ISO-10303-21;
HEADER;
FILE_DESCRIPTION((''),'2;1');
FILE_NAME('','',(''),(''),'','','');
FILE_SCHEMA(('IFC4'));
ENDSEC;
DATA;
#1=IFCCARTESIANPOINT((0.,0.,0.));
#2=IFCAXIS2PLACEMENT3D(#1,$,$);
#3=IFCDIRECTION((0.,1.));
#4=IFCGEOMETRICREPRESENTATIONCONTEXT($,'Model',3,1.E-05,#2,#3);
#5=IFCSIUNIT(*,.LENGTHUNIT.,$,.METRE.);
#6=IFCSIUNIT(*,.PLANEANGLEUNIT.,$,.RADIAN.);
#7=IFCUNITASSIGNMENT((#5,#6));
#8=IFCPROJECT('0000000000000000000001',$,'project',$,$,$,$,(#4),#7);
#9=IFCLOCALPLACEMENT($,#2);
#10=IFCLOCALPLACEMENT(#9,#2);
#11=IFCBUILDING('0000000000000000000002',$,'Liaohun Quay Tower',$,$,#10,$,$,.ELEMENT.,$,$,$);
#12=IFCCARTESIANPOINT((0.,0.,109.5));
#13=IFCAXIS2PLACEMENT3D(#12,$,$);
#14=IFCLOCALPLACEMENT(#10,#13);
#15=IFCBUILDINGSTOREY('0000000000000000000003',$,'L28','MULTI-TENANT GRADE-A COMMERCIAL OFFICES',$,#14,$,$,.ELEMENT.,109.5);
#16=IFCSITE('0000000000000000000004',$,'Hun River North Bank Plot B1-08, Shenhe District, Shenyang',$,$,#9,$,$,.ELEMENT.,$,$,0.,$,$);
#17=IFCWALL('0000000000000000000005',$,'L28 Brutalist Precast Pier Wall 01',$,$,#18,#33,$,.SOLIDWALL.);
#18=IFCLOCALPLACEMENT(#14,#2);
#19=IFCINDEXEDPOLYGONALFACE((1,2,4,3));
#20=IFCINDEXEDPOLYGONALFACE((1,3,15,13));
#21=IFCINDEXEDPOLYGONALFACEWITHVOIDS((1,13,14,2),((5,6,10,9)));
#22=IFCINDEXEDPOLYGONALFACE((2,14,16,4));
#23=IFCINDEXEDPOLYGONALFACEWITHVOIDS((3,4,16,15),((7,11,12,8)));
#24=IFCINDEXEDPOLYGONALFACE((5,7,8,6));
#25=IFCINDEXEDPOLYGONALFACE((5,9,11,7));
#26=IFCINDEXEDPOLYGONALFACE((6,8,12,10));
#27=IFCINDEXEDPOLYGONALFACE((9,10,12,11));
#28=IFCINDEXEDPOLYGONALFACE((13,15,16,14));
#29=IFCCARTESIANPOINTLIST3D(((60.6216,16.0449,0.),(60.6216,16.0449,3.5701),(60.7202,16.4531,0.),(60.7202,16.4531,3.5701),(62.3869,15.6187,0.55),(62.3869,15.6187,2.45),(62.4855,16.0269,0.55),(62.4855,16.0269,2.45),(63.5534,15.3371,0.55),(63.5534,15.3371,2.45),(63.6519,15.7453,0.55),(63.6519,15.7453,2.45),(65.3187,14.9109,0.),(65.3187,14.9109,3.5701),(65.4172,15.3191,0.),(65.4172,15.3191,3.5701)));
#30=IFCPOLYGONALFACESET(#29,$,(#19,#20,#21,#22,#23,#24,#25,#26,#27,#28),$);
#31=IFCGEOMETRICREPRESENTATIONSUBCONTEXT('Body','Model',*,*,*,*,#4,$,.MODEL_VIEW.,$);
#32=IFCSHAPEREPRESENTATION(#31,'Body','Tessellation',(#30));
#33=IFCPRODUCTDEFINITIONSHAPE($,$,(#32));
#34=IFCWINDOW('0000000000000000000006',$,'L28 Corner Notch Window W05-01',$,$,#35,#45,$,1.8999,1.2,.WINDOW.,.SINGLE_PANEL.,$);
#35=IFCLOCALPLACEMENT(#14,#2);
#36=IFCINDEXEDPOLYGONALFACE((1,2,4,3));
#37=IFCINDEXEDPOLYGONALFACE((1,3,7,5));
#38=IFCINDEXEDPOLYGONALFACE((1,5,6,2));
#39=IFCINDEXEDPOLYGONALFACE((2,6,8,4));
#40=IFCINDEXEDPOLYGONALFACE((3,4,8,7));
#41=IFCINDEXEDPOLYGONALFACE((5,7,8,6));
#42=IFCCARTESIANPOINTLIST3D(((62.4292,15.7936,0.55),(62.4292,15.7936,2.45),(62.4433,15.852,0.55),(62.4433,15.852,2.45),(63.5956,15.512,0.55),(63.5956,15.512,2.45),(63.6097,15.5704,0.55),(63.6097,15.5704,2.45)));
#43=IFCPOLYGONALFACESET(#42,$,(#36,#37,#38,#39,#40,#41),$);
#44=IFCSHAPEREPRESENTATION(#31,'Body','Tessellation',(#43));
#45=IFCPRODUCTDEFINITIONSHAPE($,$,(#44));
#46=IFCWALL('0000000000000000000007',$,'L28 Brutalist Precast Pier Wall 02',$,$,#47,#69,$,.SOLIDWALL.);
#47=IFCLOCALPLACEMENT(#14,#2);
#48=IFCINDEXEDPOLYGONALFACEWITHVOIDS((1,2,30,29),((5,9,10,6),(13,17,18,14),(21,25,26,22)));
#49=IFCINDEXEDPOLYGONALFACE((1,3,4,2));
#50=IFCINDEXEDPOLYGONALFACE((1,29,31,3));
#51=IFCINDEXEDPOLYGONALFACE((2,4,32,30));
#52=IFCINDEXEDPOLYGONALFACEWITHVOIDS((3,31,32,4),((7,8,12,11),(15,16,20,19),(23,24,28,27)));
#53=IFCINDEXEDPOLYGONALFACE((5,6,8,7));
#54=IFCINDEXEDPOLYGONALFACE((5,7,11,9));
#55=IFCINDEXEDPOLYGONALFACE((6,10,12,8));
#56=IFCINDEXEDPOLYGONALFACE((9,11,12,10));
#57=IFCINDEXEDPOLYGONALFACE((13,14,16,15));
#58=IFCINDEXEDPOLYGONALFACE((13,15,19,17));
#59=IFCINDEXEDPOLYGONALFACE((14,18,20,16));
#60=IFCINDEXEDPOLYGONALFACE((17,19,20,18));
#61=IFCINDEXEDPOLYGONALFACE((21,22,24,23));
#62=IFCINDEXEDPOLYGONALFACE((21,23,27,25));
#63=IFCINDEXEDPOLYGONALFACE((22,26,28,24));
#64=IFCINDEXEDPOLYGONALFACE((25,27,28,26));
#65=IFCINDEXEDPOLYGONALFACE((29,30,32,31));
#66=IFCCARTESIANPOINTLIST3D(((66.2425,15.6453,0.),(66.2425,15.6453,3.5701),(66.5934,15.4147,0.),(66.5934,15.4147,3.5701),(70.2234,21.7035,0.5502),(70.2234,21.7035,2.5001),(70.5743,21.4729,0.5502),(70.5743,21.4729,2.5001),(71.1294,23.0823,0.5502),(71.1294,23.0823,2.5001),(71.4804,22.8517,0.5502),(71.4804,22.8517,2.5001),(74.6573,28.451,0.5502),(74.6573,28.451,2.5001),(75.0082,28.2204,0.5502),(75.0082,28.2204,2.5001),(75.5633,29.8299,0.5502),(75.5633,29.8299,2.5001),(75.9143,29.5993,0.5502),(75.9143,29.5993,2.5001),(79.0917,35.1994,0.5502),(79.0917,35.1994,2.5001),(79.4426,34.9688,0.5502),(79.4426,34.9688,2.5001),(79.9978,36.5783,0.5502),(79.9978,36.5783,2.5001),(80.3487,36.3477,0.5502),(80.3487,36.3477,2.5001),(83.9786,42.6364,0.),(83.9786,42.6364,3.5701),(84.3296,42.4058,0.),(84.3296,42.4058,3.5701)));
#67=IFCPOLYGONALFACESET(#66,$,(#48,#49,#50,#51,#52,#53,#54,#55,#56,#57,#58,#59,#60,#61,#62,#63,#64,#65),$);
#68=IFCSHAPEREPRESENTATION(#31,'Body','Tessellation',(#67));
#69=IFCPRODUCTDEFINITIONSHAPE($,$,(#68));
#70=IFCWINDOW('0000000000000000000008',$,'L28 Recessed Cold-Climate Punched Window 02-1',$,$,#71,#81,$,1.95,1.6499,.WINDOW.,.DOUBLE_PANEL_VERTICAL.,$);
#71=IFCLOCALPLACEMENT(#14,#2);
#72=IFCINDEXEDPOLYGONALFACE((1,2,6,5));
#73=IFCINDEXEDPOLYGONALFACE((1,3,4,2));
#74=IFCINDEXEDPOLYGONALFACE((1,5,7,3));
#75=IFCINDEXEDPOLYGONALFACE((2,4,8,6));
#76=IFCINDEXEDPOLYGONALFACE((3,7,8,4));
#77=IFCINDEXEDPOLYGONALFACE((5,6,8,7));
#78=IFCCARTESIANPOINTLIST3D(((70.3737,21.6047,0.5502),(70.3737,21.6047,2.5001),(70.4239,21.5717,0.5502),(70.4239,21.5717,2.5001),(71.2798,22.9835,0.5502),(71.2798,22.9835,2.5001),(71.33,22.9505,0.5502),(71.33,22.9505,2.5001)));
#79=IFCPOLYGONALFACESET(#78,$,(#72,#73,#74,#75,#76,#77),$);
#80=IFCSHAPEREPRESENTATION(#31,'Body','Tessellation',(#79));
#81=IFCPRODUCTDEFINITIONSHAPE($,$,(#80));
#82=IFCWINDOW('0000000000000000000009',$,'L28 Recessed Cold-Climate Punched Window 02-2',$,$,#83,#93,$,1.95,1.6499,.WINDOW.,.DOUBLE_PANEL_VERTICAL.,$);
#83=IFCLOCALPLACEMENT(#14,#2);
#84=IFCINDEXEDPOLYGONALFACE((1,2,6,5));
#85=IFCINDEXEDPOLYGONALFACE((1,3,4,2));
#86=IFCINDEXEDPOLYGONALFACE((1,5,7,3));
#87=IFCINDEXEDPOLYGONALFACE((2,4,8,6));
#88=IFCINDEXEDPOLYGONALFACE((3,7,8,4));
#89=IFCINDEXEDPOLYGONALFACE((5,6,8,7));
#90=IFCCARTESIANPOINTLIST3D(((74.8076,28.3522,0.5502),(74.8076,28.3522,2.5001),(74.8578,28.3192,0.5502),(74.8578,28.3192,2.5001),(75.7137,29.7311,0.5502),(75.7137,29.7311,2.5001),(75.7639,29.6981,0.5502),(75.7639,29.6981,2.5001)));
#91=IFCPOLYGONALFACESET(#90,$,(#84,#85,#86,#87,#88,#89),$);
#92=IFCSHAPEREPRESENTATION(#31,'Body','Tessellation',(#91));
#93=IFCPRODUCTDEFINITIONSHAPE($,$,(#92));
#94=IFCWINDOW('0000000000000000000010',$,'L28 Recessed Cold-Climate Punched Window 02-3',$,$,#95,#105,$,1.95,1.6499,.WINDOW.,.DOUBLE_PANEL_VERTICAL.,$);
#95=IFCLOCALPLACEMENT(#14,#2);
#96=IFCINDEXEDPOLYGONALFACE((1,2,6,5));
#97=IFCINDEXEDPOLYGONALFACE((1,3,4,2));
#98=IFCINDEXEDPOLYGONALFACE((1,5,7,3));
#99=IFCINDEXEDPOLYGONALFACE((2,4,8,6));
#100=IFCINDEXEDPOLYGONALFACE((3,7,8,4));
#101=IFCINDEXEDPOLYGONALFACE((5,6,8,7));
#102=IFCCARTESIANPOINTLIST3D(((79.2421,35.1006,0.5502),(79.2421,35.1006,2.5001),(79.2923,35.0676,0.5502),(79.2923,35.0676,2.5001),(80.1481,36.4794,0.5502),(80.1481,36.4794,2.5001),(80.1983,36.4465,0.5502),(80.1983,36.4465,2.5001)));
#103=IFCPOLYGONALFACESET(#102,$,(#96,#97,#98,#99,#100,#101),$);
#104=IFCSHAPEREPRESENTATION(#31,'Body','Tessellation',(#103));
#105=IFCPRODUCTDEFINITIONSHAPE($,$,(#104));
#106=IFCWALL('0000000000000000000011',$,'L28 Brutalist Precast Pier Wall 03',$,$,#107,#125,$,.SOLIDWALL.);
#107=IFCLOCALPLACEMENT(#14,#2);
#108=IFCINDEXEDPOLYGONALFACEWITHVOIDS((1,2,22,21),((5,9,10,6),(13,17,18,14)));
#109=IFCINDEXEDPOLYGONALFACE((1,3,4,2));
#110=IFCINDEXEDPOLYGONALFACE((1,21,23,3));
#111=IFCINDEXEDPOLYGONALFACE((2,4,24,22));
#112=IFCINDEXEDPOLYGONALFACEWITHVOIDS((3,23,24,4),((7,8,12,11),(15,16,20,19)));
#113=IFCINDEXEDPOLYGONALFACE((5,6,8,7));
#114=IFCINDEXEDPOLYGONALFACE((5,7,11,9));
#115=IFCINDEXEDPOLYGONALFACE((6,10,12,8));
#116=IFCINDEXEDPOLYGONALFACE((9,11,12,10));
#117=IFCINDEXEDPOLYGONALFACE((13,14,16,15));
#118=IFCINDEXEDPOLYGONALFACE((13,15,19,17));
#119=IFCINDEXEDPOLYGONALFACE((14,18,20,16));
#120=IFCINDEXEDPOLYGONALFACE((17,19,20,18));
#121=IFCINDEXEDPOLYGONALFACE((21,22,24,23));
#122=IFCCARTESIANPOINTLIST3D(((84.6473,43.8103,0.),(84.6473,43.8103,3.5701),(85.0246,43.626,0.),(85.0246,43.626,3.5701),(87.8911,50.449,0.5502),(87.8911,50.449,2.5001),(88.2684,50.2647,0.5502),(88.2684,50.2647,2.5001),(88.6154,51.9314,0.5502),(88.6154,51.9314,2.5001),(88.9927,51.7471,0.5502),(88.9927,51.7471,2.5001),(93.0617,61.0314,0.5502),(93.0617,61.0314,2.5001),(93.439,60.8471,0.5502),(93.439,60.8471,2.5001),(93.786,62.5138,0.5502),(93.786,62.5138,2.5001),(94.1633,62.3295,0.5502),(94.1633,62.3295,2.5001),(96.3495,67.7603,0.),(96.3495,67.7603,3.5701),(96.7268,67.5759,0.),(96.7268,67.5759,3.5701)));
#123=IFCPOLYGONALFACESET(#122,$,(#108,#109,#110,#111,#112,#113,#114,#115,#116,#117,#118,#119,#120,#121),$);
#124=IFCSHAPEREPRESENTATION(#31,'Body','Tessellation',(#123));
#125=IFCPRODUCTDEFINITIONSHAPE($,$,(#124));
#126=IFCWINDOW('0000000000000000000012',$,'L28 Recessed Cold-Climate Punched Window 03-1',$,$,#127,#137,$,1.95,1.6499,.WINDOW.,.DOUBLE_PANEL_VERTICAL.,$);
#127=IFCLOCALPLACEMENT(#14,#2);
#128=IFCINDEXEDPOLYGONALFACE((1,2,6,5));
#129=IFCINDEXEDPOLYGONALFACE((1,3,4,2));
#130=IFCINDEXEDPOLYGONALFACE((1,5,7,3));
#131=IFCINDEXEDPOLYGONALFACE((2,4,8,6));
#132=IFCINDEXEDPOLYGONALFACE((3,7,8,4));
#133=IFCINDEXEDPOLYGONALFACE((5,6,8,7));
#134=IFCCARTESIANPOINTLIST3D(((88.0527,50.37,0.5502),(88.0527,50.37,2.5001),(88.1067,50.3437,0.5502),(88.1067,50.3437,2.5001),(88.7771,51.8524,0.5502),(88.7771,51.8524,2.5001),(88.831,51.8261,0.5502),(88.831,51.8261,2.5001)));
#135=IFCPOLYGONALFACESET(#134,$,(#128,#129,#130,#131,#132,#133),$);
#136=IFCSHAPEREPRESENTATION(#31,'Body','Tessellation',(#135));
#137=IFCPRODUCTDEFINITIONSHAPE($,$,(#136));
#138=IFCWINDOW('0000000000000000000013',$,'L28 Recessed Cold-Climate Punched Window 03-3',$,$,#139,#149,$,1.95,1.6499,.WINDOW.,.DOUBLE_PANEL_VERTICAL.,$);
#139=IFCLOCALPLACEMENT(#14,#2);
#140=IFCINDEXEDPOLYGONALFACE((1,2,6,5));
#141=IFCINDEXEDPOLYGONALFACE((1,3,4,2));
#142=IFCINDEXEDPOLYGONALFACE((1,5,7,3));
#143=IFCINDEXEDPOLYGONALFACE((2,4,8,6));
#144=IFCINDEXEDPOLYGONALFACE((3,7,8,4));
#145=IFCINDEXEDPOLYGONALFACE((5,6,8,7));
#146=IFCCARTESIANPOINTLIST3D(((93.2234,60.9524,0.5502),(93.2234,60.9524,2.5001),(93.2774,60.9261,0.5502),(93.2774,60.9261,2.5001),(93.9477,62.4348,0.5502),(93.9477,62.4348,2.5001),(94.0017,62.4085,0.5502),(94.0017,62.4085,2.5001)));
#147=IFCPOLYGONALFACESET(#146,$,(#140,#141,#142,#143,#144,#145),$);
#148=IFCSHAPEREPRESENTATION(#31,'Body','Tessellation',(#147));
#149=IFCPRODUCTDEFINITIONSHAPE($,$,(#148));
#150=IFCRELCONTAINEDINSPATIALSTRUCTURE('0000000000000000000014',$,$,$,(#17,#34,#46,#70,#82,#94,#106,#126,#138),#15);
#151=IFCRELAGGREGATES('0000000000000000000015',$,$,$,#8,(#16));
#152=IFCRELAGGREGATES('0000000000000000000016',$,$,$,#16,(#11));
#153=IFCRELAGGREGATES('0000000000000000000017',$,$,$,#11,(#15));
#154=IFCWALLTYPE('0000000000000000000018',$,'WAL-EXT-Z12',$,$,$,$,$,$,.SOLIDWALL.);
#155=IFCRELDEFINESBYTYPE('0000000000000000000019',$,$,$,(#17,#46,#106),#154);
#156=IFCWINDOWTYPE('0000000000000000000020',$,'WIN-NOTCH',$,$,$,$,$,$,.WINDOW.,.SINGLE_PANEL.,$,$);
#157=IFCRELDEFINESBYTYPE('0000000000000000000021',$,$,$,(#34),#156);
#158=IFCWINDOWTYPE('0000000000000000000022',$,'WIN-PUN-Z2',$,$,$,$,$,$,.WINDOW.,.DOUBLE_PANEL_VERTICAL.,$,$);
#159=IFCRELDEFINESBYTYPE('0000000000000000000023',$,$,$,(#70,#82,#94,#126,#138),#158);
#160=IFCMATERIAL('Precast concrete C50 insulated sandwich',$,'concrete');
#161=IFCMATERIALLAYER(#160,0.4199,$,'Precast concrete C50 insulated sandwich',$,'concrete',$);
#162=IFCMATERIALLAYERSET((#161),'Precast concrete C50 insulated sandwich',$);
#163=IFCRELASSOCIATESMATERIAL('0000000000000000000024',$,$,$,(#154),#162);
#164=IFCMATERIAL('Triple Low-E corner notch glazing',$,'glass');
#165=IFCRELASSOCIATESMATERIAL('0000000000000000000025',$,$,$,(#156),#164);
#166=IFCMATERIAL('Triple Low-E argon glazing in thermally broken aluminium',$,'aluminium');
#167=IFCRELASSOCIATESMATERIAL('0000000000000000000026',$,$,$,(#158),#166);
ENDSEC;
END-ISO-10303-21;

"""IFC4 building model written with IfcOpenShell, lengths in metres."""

from ifc_helpers import new_model, si_unit, direction, frame, frame_2d, origin, place, context, subcontext, project, spatial, rectangle, extrude, source, transform, mapped, material, layer, layer_set, type_object, element, fill, save


model = new_model("IFC4")

# Units and contexts
model_context = context("Model", 3, precision=1e-05, world=origin(), true_north=direction((0.0, 1.0)))
body_context = subcontext(model_context, "Body", "Model", "MODEL_VIEW")
ifc_project = project(units=[si_unit("LENGTHUNIT", "METRE"), si_unit("PLANEANGLEUNIT", "RADIAN")], contexts=[model_context])

# Site, building, storey
site_placement = place(None, origin())
site = spatial("IfcSite", under=ifc_project, at=site_placement, Name="Hun River North Bank Plot B1-08, Shenhe District, Shenyang", CompositionType="ELEMENT", RefElevation=0.0)
building_placement = place(site_placement, origin())
building = spatial("IfcBuilding", under=site, at=building_placement, Name="Liaohun Quay Tower", CompositionType="ELEMENT")
storey_placement = place(building_placement, frame((0.0, 0.0, 109.5)))
storey = spatial("IfcBuildingStorey", under=building, at=storey_placement, Name="L28", Description="MULTI-TENANT GRADE-A COMMERCIAL OFFICES", CompositionType="ELEMENT", Elevation=109.5)

# Wall, opening, window
ifc_material_1 = material(Name="Precast concrete C50 insulated sandwich", Category="concrete")
ifc_layer_1 = layer(ifc_material_1, 0.4199, Name="Precast concrete C50 insulated sandwich", Category="concrete")
ifc_layer_set_1 = layer_set([ifc_layer_1], Name="Precast concrete C50 insulated sandwich")
wall_type_1 = type_object("IfcWallType", Name="WAL-EXT-Z12", PredefinedType="SOLIDWALL", material=ifc_layer_set_1)
wall_1_placement = place(storey_placement, frame((60.6709, 16.249, 0.0), z_axis=(0.0, 0.0, 1.0), x_axis=(0.972069, -0.234693, 0.0)))
wall_1 = element("IfcWall", 1, at=wall_1_placement, inside=storey, type_object=wall_type_1, Name="L28 Brutalist Precast Pier Wall 01", PredefinedType="SOLIDWALL", context=body_context, shape_type="SweptSolid", body=[
    extrude(rectangle(XDim=4.832, YDim=0.4199, at=frame_2d((2.416, 0.0))), origin(), (0.0, 0.0, 1.0), 3.5701),
])
shared_shape_1 = source(origin(), body_context, "Body", "SweptSolid", [
    extrude(rectangle(XDim=1.2, YDim=1.8999, at=frame_2d((0.6001, 0.95))), frame((0.0, 0.22, 0.0), z_axis=(0.0, -1.0, 0.0), x_axis=(1.0, 0.0, 0.0)), (0.0, 0.0, 1.0), 0.4399),
])
opening_1_placement = place(wall_1_placement, frame((1.8159, 0.0, 0.55)))
opening_1 = element("IfcOpeningElement", 2, at=opening_1_placement, cuts=wall_1, PredefinedType="OPENING", context=body_context, shape_type="MappedRepresentation", body=[
    mapped(shared_shape_1, transform((0.0, 0.0, 0.0), x_axis=(1.0, 0.0, 0.0), y_axis=(0.0, 1.0, 0.0), z_axis=(0.0, 0.0, 1.0), scale=1.0)),
])
ifc_material_2 = material(Name="Triple Low-E corner notch glazing", Category="glass")
window_type_1 = type_object("IfcWindowType", Name="WIN-NOTCH", PartitioningType="SINGLE_PANEL", PredefinedType="WINDOW", material=ifc_material_2)
shared_shape_2 = source(origin(), body_context, "Body", "SweptSolid", [
    extrude(rectangle(XDim=1.2, YDim=1.8999, at=frame_2d((0.6001, 0.95))), frame((0.0, 0.03, 0.0), z_axis=(0.0, -1.0, 0.0), x_axis=(1.0, 0.0, 0.0)), (0.0, 0.0, 1.0), 0.0601),
])
window_1_placement = place(opening_1_placement, origin())
window_1 = element("IfcWindow", 3, at=window_1_placement, inside=storey, type_object=window_type_1, Name="L28 Corner Notch Window W05-01", OverallHeight=1.8999, OverallWidth=1.2, PartitioningType="SINGLE_PANEL", PredefinedType="WINDOW", context=body_context, shape_type="MappedRepresentation", body=[
    mapped(shared_shape_2, transform((0.0, 0.0, 0.0), x_axis=(1.0, 0.0, 0.0), y_axis=(0.0, 1.0, 0.0), z_axis=(0.0, 0.0, 1.0), scale=1.0)),
])
fill(opening_1, window_1)

# Walls, openings, windows
wall_2_placement = place(storey_placement, frame((66.418, 15.53, 0.0), z_axis=(0.0, 0.0, 1.0), x_axis=(0.54916, 0.835717, 0.0)))
wall_2 = element("IfcWall", 4, at=wall_2_placement, inside=storey, type_object=wall_type_1, Name="L28 Brutalist Precast Pier Wall 02", PredefinedType="SOLIDWALL", context=body_context, shape_type="SweptSolid", body=[
    extrude(rectangle(XDim=32.2969, YDim=0.4199, at=frame_2d((16.1484, 0.0))), origin(), (0.0, 0.0, 1.0), 3.5701),
])
shared_shape_3 = source(origin(), body_context, "Body", "SweptSolid", [
    extrude(rectangle(XDim=1.6499, YDim=1.95, at=frame_2d((0.825, 0.9751))), frame((0.0, 0.22, 0.0), z_axis=(0.0, -1.0, 0.0), x_axis=(1.0, 0.0, 0.0)), (0.0, 0.0, 1.0), 0.4399),
])
opening_2_placement = place(wall_2_placement, frame((7.249, 0.0, 0.55)))
opening_2 = element("IfcOpeningElement", 5, at=opening_2_placement, cuts=wall_2, PredefinedType="OPENING", context=body_context, shape_type="MappedRepresentation", body=[
    mapped(shared_shape_3, transform((0.0, 0.0, 0.0), x_axis=(1.0, 0.0, 0.0), y_axis=(0.0, 1.0, 0.0), z_axis=(0.0, 0.0, 1.0), scale=1.0)),
])
opening_3_placement = place(wall_2_placement, frame((15.323, 0.0, 0.55)))
opening_3 = element("IfcOpeningElement", 6, at=opening_3_placement, cuts=wall_2, PredefinedType="OPENING", context=body_context, shape_type="MappedRepresentation", body=[
    mapped(shared_shape_3, transform((0.0, 0.0, 0.0), x_axis=(1.0, 0.0, 0.0), y_axis=(0.0, 1.0, 0.0), z_axis=(0.0, 0.0, 1.0), scale=1.0)),
])
opening_4_placement = place(wall_2_placement, frame((23.3979, 0.0, 0.55)))
opening_4 = element("IfcOpeningElement", 7, at=opening_4_placement, cuts=wall_2, PredefinedType="OPENING", context=body_context, shape_type="MappedRepresentation", body=[
    mapped(shared_shape_3, transform((0.0, 0.0, 0.0), x_axis=(1.0, 0.0, 0.0), y_axis=(0.0, 1.0, 0.0), z_axis=(0.0, 0.0, 1.0), scale=1.0)),
])
ifc_material_3 = material(Name="Triple Low-E argon glazing in thermally broken aluminium", Category="aluminium")
window_type_2 = type_object("IfcWindowType", Name="WIN-PUN-Z2", PartitioningType="DOUBLE_PANEL_VERTICAL", PredefinedType="WINDOW", material=ifc_material_3)
shared_shape_4 = source(origin(), body_context, "Body", "SweptSolid", [
    extrude(rectangle(XDim=1.6499, YDim=1.95, at=frame_2d((0.825, 0.9751))), frame((0.0, 0.03, 0.0), z_axis=(0.0, -1.0, 0.0), x_axis=(1.0, 0.0, 0.0)), (0.0, 0.0, 1.0), 0.0601),
])
window_2_placement = place(opening_2_placement, origin())
window_2 = element("IfcWindow", 8, at=window_2_placement, inside=storey, type_object=window_type_2, Name="L28 Recessed Cold-Climate Punched Window 02-1", OverallHeight=1.95, OverallWidth=1.6499, PartitioningType="DOUBLE_PANEL_VERTICAL", PredefinedType="WINDOW", context=body_context, shape_type="MappedRepresentation", body=[
    mapped(shared_shape_4, transform((0.0, 0.0, 0.0), x_axis=(1.0, 0.0, 0.0), y_axis=(0.0, 1.0, 0.0), z_axis=(0.0, 0.0, 1.0), scale=1.0)),
])
fill(opening_2, window_2)
window_3_placement = place(opening_3_placement, origin())
window_3 = element("IfcWindow", 9, at=window_3_placement, inside=storey, type_object=window_type_2, Name="L28 Recessed Cold-Climate Punched Window 02-2", OverallHeight=1.95, OverallWidth=1.6499, PartitioningType="DOUBLE_PANEL_VERTICAL", PredefinedType="WINDOW", context=body_context, shape_type="MappedRepresentation", body=[
    mapped(shared_shape_4, transform((0.0, 0.0, 0.0), x_axis=(1.0, 0.0, 0.0), y_axis=(0.0, 1.0, 0.0), z_axis=(0.0, 0.0, 1.0), scale=1.0)),
])
fill(opening_3, window_3)
window_4_placement = place(opening_4_placement, origin())
window_4 = element("IfcWindow", 10, at=window_4_placement, inside=storey, type_object=window_type_2, Name="L28 Recessed Cold-Climate Punched Window 02-3", OverallHeight=1.95, OverallWidth=1.6499, PartitioningType="DOUBLE_PANEL_VERTICAL", PredefinedType="WINDOW", context=body_context, shape_type="MappedRepresentation", body=[
    mapped(shared_shape_4, transform((0.0, 0.0, 0.0), x_axis=(1.0, 0.0, 0.0), y_axis=(0.0, 1.0, 0.0), z_axis=(0.0, 0.0, 1.0), scale=1.0)),
])
fill(opening_4, window_4)
wall_3_placement = place(storey_placement, frame((84.8359, 43.718, 0.0), z_axis=(0.0, 0.0, 1.0), x_axis=(0.439007, 0.898484, 0.0)))
wall_3 = element("IfcWall", 11, at=wall_3_placement, inside=storey, type_object=wall_type_1, Name="L28 Brutalist Precast Pier Wall 03", PredefinedType="SOLIDWALL", context=body_context, shape_type="SweptSolid", body=[
    extrude(rectangle(XDim=26.656, YDim=0.4199, at=frame_2d((13.3281, 0.0))), origin(), (0.0, 0.0, 1.0), 3.5701),
])
opening_5_placement = place(wall_3_placement, frame((7.3889, 0.0, 0.55)))
opening_5 = element("IfcOpeningElement", 12, at=opening_5_placement, cuts=wall_3, PredefinedType="OPENING", context=body_context, shape_type="MappedRepresentation", body=[
    mapped(shared_shape_3, transform((0.0, 0.0, 0.0), x_axis=(1.0, 0.0, 0.0), y_axis=(0.0, 1.0, 0.0), z_axis=(0.0, 0.0, 1.0), scale=1.0)),
])
opening_6_placement = place(wall_3_placement, frame((19.167, 0.0, 0.55)))
opening_6 = element("IfcOpeningElement", 13, at=opening_6_placement, cuts=wall_3, PredefinedType="OPENING", context=body_context, shape_type="MappedRepresentation", body=[
    mapped(shared_shape_3, transform((0.0, 0.0, 0.0), x_axis=(1.0, 0.0, 0.0), y_axis=(0.0, 1.0, 0.0), z_axis=(0.0, 0.0, 1.0), scale=1.0)),
])
window_5_placement = place(opening_5_placement, origin())
window_5 = element("IfcWindow", 14, at=window_5_placement, inside=storey, type_object=window_type_2, Name="L28 Recessed Cold-Climate Punched Window 03-1", OverallHeight=1.95, OverallWidth=1.6499, PartitioningType="DOUBLE_PANEL_VERTICAL", PredefinedType="WINDOW", context=body_context, shape_type="MappedRepresentation", body=[
    mapped(shared_shape_4, transform((0.0, 0.0, 0.0), x_axis=(1.0, 0.0, 0.0), y_axis=(0.0, 1.0, 0.0), z_axis=(0.0, 0.0, 1.0), scale=1.0)),
])
fill(opening_5, window_5)
window_6_placement = place(opening_6_placement, origin())
window_6 = element("IfcWindow", 15, at=window_6_placement, inside=storey, type_object=window_type_2, Name="L28 Recessed Cold-Climate Punched Window 03-3", OverallHeight=1.95, OverallWidth=1.6499, PartitioningType="DOUBLE_PANEL_VERTICAL", PredefinedType="WINDOW", context=body_context, shape_type="MappedRepresentation", body=[
    mapped(shared_shape_4, transform((0.0, 0.0, 0.0), x_axis=(1.0, 0.0, 0.0), y_axis=(0.0, 1.0, 0.0), z_axis=(0.0, 0.0, 1.0), scale=1.0)),
])
fill(opening_6, window_6)

save(model, "model.ifc")
